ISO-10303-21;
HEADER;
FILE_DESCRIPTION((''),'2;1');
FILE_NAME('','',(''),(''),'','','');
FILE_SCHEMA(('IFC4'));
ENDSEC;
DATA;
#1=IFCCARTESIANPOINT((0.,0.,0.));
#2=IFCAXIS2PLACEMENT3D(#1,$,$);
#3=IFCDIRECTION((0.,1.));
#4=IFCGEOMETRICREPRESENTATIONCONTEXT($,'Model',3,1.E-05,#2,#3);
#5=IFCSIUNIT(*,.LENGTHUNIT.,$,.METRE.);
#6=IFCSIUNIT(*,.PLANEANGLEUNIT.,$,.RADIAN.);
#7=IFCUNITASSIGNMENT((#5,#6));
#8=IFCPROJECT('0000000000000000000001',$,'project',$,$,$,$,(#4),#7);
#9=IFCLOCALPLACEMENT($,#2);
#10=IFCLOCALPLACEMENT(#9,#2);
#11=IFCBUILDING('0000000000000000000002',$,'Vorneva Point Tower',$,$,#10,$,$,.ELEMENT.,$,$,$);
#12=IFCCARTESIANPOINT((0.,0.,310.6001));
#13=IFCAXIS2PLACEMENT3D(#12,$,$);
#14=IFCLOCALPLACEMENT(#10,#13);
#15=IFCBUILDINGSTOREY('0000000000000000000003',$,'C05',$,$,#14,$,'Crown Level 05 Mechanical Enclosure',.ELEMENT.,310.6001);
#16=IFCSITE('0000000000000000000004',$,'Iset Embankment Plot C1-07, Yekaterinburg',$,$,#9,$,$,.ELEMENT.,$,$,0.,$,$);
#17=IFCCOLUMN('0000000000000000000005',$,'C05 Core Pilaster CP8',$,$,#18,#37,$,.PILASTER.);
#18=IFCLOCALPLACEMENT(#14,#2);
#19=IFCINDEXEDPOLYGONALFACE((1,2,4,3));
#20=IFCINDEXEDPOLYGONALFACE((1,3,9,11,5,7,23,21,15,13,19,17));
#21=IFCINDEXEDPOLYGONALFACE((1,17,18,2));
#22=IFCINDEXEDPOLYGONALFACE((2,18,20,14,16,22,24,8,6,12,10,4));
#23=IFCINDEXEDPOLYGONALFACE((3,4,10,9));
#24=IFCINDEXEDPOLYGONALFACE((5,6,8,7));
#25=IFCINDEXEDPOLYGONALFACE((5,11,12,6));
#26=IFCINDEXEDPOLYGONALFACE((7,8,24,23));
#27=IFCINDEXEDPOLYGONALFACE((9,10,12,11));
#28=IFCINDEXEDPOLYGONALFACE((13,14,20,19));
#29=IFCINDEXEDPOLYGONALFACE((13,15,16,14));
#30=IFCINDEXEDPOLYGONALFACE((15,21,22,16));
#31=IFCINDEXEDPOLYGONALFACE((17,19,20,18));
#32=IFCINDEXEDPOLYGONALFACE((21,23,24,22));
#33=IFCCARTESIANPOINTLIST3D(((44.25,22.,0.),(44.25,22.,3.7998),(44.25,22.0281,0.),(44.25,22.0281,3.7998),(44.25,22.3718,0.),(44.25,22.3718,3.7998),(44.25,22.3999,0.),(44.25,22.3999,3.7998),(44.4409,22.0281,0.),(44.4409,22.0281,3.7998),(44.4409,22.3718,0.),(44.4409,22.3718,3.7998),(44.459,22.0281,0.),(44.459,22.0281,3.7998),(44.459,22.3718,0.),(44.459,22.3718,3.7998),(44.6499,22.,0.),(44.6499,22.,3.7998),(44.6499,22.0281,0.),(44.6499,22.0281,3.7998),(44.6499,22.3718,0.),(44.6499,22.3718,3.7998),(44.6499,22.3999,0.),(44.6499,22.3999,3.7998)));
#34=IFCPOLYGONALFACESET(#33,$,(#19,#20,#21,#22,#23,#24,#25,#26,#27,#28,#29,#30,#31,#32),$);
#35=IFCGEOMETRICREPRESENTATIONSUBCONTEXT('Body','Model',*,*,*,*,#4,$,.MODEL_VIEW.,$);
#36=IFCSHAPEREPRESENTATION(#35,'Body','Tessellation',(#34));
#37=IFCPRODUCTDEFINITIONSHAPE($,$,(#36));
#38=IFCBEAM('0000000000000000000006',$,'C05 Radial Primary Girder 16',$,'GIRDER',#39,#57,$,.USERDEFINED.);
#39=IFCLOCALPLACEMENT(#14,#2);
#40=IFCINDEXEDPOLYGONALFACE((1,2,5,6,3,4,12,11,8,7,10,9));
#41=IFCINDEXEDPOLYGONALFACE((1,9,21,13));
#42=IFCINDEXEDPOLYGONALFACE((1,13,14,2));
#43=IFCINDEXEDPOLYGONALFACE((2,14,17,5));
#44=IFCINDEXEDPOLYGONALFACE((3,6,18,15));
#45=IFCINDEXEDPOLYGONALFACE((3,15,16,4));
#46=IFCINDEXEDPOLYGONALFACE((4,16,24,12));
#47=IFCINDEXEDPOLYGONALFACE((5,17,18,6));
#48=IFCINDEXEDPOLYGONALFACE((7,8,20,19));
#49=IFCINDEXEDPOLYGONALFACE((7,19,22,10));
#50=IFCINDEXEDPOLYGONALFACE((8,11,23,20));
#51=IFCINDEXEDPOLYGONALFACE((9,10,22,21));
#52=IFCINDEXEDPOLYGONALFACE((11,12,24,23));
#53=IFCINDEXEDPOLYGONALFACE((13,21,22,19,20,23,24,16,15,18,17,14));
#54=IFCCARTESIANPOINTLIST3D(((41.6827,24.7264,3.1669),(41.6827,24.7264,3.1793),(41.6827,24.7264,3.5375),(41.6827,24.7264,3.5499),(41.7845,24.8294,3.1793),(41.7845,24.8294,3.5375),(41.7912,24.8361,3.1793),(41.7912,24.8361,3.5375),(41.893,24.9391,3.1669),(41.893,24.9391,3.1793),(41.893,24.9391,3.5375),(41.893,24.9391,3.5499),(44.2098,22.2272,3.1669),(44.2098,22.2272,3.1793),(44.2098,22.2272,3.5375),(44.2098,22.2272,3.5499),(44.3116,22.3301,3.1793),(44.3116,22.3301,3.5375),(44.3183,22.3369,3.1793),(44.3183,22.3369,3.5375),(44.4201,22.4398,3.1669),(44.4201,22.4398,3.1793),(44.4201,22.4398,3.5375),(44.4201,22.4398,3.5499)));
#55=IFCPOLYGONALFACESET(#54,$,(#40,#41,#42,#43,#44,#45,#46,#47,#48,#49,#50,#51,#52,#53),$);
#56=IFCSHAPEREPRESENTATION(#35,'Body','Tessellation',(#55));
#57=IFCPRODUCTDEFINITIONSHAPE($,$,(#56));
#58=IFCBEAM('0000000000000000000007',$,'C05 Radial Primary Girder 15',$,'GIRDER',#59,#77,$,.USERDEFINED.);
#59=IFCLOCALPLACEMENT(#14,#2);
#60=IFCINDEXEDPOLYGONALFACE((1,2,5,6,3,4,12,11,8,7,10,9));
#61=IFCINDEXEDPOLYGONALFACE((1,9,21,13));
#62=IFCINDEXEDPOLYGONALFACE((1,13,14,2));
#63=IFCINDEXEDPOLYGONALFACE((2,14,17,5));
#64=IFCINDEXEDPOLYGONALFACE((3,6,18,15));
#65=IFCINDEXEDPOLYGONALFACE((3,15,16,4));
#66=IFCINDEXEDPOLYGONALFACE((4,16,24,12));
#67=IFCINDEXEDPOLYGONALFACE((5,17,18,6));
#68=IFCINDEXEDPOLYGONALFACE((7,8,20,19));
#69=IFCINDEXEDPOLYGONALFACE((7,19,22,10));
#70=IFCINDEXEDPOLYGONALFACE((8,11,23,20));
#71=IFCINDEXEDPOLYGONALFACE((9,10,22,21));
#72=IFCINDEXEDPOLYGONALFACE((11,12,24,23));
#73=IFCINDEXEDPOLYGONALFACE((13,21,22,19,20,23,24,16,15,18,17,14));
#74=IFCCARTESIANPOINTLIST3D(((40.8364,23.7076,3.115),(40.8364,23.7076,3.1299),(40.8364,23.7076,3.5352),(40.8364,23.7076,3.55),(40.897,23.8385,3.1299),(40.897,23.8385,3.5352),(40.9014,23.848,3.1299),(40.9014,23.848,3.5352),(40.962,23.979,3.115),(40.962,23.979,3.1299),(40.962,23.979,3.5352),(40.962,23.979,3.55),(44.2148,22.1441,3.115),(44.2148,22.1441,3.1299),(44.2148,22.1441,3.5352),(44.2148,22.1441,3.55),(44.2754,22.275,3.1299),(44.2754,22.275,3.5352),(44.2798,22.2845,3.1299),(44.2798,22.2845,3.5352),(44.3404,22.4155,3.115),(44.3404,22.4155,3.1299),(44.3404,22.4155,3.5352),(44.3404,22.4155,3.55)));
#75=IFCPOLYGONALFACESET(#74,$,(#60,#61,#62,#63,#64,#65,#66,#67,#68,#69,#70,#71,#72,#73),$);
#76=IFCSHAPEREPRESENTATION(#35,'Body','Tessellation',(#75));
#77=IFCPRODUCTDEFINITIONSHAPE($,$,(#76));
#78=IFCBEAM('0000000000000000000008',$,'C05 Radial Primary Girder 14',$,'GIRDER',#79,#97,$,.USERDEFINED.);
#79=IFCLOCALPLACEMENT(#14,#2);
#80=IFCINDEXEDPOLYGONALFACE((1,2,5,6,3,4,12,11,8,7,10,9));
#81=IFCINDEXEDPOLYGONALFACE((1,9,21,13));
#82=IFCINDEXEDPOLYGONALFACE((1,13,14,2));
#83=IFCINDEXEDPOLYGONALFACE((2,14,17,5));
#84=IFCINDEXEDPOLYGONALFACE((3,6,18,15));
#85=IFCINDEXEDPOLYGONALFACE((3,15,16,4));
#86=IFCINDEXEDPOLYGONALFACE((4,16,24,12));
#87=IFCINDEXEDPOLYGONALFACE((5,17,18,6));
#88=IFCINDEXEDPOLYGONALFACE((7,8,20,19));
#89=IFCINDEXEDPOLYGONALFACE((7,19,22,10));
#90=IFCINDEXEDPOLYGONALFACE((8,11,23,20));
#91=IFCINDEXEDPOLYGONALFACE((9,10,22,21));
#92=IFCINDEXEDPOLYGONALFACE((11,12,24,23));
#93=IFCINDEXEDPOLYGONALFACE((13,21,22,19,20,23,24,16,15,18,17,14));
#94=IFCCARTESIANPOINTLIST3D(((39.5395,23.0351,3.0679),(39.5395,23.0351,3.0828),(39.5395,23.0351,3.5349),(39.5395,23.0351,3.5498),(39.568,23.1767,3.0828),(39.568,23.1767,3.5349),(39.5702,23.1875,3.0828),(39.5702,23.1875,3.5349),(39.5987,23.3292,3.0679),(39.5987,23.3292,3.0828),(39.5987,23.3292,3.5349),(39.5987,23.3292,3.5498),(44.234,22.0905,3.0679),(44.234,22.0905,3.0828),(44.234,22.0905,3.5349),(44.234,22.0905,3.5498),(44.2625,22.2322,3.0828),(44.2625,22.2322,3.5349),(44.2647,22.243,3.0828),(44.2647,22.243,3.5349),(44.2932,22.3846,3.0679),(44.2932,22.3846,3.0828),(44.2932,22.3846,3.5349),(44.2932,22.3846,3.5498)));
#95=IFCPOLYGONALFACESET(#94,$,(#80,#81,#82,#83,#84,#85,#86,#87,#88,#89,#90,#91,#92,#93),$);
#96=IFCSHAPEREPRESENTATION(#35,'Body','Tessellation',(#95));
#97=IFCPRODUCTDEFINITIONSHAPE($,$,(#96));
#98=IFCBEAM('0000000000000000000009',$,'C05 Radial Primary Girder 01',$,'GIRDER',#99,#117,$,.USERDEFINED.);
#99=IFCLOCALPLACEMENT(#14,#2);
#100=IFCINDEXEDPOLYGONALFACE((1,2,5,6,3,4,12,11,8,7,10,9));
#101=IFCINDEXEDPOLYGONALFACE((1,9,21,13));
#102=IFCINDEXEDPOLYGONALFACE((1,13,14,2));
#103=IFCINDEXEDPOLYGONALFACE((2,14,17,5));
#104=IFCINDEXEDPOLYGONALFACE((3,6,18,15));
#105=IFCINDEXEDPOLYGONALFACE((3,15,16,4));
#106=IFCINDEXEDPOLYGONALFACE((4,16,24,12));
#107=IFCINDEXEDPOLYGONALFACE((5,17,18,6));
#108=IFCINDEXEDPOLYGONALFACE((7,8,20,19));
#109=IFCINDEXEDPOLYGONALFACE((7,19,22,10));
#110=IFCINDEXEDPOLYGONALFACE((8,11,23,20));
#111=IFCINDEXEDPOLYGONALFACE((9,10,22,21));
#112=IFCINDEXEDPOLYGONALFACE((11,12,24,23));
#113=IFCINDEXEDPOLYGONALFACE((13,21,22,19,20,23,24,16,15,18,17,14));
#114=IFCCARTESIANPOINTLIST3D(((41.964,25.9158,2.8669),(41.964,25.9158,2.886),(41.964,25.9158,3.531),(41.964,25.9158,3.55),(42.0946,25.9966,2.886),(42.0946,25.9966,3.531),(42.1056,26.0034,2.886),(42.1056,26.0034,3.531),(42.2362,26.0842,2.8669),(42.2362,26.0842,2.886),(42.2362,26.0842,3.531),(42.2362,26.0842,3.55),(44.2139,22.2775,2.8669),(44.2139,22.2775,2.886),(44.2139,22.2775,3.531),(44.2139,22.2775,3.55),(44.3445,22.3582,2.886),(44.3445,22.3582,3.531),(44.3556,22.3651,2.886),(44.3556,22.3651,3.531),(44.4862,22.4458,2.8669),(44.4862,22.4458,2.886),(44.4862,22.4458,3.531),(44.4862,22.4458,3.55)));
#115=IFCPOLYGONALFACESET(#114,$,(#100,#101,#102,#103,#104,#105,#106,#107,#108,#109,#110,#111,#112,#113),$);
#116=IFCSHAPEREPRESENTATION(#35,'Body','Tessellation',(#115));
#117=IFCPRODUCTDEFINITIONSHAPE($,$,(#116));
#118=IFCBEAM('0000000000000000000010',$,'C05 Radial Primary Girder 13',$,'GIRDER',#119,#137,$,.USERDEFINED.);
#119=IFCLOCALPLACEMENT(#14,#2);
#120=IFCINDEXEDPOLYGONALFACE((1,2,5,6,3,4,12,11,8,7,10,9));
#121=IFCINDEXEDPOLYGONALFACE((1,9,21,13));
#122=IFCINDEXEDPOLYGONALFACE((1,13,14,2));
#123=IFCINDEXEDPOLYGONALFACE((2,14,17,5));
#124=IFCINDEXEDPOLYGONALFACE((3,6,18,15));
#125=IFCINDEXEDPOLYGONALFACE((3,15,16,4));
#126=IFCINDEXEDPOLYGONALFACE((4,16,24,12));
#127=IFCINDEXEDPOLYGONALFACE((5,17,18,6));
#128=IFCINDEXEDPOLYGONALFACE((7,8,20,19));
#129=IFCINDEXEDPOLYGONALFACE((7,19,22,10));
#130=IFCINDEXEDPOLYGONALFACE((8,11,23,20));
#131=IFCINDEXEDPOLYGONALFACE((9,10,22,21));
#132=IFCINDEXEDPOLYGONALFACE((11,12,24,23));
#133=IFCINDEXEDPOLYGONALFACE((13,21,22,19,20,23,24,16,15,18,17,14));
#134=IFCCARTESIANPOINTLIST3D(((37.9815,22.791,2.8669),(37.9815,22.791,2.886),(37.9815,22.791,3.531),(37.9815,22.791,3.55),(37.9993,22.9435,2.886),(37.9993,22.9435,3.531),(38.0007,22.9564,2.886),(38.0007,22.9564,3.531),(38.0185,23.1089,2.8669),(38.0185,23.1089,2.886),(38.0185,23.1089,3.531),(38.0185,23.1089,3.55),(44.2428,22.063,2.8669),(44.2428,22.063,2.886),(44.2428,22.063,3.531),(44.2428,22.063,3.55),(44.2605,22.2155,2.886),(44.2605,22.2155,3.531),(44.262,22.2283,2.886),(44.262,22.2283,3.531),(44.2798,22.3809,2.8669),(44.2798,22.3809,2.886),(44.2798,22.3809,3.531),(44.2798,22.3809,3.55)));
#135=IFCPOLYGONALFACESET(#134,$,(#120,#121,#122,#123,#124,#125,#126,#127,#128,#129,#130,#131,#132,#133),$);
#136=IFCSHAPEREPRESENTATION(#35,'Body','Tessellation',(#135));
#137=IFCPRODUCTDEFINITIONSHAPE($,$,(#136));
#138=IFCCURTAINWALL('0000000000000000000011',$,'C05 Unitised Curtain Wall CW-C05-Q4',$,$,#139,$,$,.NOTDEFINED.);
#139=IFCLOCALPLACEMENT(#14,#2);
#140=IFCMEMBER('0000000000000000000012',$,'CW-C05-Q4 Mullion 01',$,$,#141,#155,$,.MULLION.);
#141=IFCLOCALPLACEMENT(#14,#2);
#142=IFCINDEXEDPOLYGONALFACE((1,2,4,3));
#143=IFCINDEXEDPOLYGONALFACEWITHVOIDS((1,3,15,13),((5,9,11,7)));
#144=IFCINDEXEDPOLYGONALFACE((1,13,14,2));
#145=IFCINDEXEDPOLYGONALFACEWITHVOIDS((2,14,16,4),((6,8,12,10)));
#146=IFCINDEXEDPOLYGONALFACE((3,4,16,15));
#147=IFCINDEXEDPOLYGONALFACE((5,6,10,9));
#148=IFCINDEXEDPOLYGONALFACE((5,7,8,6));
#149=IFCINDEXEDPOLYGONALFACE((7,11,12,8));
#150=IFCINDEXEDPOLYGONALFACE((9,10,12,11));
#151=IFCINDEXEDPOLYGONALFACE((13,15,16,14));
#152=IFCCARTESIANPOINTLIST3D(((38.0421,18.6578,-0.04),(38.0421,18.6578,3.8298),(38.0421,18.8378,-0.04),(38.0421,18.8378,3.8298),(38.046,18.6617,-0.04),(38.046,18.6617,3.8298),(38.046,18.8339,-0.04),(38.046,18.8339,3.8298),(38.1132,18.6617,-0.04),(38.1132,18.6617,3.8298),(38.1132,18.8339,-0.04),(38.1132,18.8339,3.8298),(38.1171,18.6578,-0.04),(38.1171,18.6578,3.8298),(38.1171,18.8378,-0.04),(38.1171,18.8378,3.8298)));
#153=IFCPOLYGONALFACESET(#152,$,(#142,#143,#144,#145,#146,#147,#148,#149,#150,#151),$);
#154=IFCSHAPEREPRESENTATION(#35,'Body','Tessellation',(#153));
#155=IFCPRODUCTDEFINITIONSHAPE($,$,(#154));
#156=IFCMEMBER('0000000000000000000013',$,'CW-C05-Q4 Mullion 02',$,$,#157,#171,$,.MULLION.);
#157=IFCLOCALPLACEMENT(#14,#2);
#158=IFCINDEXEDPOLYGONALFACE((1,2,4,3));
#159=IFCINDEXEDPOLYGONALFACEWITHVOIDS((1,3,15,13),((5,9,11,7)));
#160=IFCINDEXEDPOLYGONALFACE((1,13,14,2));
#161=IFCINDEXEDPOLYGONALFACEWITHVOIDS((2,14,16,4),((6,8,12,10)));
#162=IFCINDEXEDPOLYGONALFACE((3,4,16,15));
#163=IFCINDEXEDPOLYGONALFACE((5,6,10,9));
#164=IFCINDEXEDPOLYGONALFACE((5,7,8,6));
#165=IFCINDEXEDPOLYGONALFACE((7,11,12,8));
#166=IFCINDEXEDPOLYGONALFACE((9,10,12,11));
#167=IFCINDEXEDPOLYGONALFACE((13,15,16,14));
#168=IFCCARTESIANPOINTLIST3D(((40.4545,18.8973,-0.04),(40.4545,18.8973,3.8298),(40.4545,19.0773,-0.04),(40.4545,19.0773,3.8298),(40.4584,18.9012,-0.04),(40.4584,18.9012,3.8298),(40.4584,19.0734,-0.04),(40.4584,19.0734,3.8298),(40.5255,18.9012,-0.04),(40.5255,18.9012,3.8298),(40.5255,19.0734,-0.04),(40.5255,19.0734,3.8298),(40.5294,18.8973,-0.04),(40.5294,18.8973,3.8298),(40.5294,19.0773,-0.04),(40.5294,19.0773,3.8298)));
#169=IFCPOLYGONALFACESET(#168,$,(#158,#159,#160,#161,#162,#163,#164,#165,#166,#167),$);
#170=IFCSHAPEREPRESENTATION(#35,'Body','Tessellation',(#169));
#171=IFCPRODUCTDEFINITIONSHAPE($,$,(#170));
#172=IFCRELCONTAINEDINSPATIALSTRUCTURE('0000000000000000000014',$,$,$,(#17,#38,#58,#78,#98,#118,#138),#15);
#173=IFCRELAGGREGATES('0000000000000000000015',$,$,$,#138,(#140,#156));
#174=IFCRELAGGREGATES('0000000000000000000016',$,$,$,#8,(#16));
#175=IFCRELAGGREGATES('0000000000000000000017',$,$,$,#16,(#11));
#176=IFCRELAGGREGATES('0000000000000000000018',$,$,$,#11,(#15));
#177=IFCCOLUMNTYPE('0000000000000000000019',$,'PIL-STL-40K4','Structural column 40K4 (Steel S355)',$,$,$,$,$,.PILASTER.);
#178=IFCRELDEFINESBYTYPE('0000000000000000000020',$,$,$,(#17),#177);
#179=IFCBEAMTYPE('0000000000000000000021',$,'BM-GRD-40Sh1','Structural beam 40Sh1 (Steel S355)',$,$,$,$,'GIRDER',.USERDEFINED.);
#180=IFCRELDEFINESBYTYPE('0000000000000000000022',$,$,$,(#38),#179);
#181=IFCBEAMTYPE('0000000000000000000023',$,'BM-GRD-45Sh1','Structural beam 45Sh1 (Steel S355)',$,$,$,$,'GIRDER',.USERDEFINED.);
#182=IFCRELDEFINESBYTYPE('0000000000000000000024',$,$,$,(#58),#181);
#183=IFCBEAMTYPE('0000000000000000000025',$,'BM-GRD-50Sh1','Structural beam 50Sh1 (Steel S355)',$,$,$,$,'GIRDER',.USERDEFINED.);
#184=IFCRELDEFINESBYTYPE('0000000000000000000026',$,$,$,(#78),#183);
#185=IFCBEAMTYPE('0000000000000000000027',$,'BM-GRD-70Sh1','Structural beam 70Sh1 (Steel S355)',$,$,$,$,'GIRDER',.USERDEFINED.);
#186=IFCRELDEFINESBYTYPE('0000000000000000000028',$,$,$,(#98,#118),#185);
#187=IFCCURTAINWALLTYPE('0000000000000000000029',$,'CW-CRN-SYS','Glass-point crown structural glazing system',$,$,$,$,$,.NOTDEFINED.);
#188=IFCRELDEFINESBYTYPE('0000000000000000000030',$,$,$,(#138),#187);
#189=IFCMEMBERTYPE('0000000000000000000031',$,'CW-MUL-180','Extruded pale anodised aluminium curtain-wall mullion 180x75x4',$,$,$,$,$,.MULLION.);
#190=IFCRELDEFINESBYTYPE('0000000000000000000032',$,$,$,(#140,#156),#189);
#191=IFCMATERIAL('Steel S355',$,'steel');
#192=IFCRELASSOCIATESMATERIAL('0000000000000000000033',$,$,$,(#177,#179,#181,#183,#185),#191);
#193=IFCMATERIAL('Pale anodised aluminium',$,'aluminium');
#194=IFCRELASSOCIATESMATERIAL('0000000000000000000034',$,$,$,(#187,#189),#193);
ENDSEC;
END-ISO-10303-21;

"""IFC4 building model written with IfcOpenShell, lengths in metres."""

from ifc_helpers import new_model, si_unit, direction, frame, origin, origin_2d, place, context, subcontext, project, spatial, hollow_rectangle, i_section, extrude, material, material_profile, profile_set, type_object, element, aggregate, save


model = new_model("IFC4")

# Units and contexts
model_context = context("Model", 3, precision=1e-05, world=origin(), true_north=direction((0.0, 1.0)))
body_context = subcontext(model_context, "Body", "Model", "MODEL_VIEW")
ifc_project = project(units=[si_unit("LENGTHUNIT", "METRE"), si_unit("PLANEANGLEUNIT", "RADIAN")], contexts=[model_context])

# Site, building, storey
site_placement = place(None, origin())
site = spatial("IfcSite", under=ifc_project, at=site_placement, Name="Iset Embankment Plot C1-07, Yekaterinburg", CompositionType="ELEMENT", RefElevation=0.0)
building_placement = place(site_placement, origin())
building = spatial("IfcBuilding", under=site, at=building_placement, Name="Vorneva Point Tower", CompositionType="ELEMENT")
storey_placement = place(building_placement, frame((0.0, 0.0, 310.6001)))
storey = spatial("IfcBuildingStorey", under=building, at=storey_placement, Name="C05", LongName="Crown Level 05 Mechanical Enclosure", CompositionType="ELEMENT", Elevation=310.6001)

# Column
ifc_material_1 = material(Name="Steel S355", Category="steel")
ifc_material_profile_1 = material_profile(ifc_material_1, i_section(OverallWidth=0.3999, OverallDepth=0.3999, WebThickness=0.0181, FlangeThickness=0.0281, at=origin_2d()), Name="40K4")
ifc_profile_set_1 = profile_set([ifc_material_profile_1], Name="Steel S355")
column_type = type_object("IfcColumnType", Name="PIL-STL-40K4", Description="Structural column 40K4 (Steel S355)", PredefinedType="PILASTER", material=ifc_profile_set_1)
column_placement = place(storey_placement, frame((44.45, 22.2, 0.0), z_axis=(0.0, 0.0, 1.0), x_axis=(1.0, 0.0, 0.0)))
element("IfcColumn", 1, at=column_placement, inside=storey, type_object=column_type, Name="C05 Core Pilaster CP8", PredefinedType="PILASTER", context=body_context, shape_type="SweptSolid", body=[
    extrude(i_section(OverallWidth=0.3999, OverallDepth=0.3999, WebThickness=0.0181, FlangeThickness=0.0281, at=origin_2d()), origin(), (0.0, 0.0, 1.0), 3.7998),
])

# Beams
ifc_material_profile_2 = material_profile(ifc_material_1, i_section(OverallWidth=0.2991, OverallDepth=0.3831, WebThickness=0.0095, FlangeThickness=0.0125, at=origin_2d()), Name="40Sh1")
ifc_profile_set_2 = profile_set([ifc_material_profile_2], Name="Steel S355")
beam_type_1 = type_object("IfcBeamType", Name="BM-GRD-40Sh1", Description="Structural beam 40Sh1 (Steel S355)", ElementType="GIRDER", PredefinedType="USERDEFINED", material=ifc_profile_set_2)
beam_1_placement = place(storey_placement, frame((41.7878, 24.8328, 3.3584), z_axis=(0.711011, -0.703181, 0.0), x_axis=(0.703181, 0.711011, 0.0)))
element("IfcBeam", 2, at=beam_1_placement, inside=storey, type_object=beam_type_1, Name="C05 Radial Primary Girder 16", ObjectType="GIRDER", PredefinedType="USERDEFINED", context=body_context, shape_type="SweptSolid", body=[
    extrude(i_section(OverallWidth=0.2991, OverallDepth=0.3831, WebThickness=0.0095, FlangeThickness=0.0125, at=origin_2d()), origin(), (0.0, 0.0, 1.0), 3.5542),
])
ifc_material_profile_3 = material_profile(ifc_material_1, i_section(OverallWidth=0.2991, OverallDepth=0.4351, WebThickness=0.0105, FlangeThickness=0.0149, at=origin_2d()), Name="45Sh1")
ifc_profile_set_3 = profile_set([ifc_material_profile_3], Name="Steel S355")
beam_type_2 = type_object("IfcBeamType", Name="BM-GRD-45Sh1", Description="Structural beam 45Sh1 (Steel S355)", ElementType="GIRDER", PredefinedType="USERDEFINED", material=ifc_profile_set_3)
beam_2_placement = place(storey_placement, frame((40.8992, 23.8433, 3.3325), z_axis=(0.907529, -0.41999, 0.0), x_axis=(0.41999, 0.907529, 0.0)))
element("IfcBeam", 3, at=beam_2_placement, inside=storey, type_object=beam_type_2, Name="C05 Radial Primary Girder 15", ObjectType="GIRDER", PredefinedType="USERDEFINED", context=body_context, shape_type="SweptSolid", body=[
    extrude(i_section(OverallWidth=0.2991, OverallDepth=0.4351, WebThickness=0.0105, FlangeThickness=0.0149, at=origin_2d()), origin(), (0.0, 0.0, 1.0), 3.7227),
])
ifc_material_profile_4 = material_profile(ifc_material_1, i_section(OverallWidth=0.3, OverallDepth=0.4819, WebThickness=0.011, FlangeThickness=0.0149, at=origin_2d()), Name="50Sh1")
ifc_profile_set_4 = profile_set([ifc_material_profile_4], Name="Steel S355")
beam_type_3 = type_object("IfcBeamType", Name="BM-GRD-50Sh1", Description="Structural beam 50Sh1 (Steel S355)", ElementType="GIRDER", PredefinedType="USERDEFINED", material=ifc_profile_set_4)
beam_3_placement = place(storey_placement, frame((39.5691, 23.1821, 3.3088), z_axis=(0.980353, -0.197253, 0.0), x_axis=(0.197253, 0.980353, 0.0)))
element("IfcBeam", 4, at=beam_3_placement, inside=storey, type_object=beam_type_3, Name="C05 Radial Primary Girder 14", ObjectType="GIRDER", PredefinedType="USERDEFINED", context=body_context, shape_type="SweptSolid", body=[
    extrude(i_section(OverallWidth=0.3, OverallDepth=0.4819, WebThickness=0.011, FlangeThickness=0.0149, at=origin_2d()), origin(), (0.0, 0.0, 1.0), 4.7886),
])
ifc_material_profile_5 = material_profile(ifc_material_1, i_section(OverallWidth=0.3201, OverallDepth=0.6831, WebThickness=0.0129, FlangeThickness=0.019, at=origin_2d()), Name="70Sh1")
ifc_profile_set_5 = profile_set([ifc_material_profile_5], Name="Steel S355")
beam_type_4 = type_object("IfcBeamType", Name="BM-GRD-70Sh1", Description="Structural beam 70Sh1 (Steel S355)", ElementType="GIRDER", PredefinedType="USERDEFINED", material=ifc_profile_set_5)
beam_4_placement = place(storey_placement, frame((42.1001, 26.0, 3.2085), z_axis=(0.525956, -0.850512, 0.0), x_axis=(0.850512, 0.525956, 0.0)))
element("IfcBeam", 5, at=beam_4_placement, inside=storey, type_object=beam_type_4, Name="C05 Radial Primary Girder 01", ObjectType="GIRDER", PredefinedType="USERDEFINED", context=body_context, shape_type="SweptSolid", body=[
    extrude(i_section(OverallWidth=0.3201, OverallDepth=0.6831, WebThickness=0.0129, FlangeThickness=0.019, at=origin_2d()), origin(), (0.0, 0.0, 1.0), 4.2778),
])
beam_5_placement = place(storey_placement, frame((38.0, 22.95, 3.2085), z_axis=(0.993308, -0.115497, 0.0), x_axis=(0.115497, 0.993308, 0.0)))
element("IfcBeam", 6, at=beam_5_placement, inside=storey, type_object=beam_type_4, Name="C05 Radial Primary Girder 13", ObjectType="GIRDER", PredefinedType="USERDEFINED", context=body_context, shape_type="SweptSolid", body=[
    extrude(i_section(OverallWidth=0.3201, OverallDepth=0.6831, WebThickness=0.0129, FlangeThickness=0.019, at=origin_2d()), origin(), (0.0, 0.0, 1.0), 6.3035),
])

# Curtain wall, members
ifc_material_2 = material(Name="Pale anodised aluminium", Category="aluminium")
curtain_wall_type = type_object("IfcCurtainWallType", Name="CW-CRN-SYS", Description="Glass-point crown structural glazing system", PredefinedType="NOTDEFINED", material=ifc_material_2)
curtain_wall_placement = place(storey_placement, origin())
curtain_wall = element("IfcCurtainWall", 7, at=curtain_wall_placement, inside=storey, type_object=curtain_wall_type, Name="C05 Unitised Curtain Wall CW-C05-Q4", PredefinedType="NOTDEFINED")
ifc_material_profile_6 = material_profile(ifc_material_2, hollow_rectangle(XDim=0.075, YDim=0.1799, WallThickness=0.0039, at=origin_2d()), Name="AL-MUL 180x75x4")
ifc_profile_set_6 = profile_set([ifc_material_profile_6], Name="Pale anodised aluminium")
member_type_1 = type_object("IfcMemberType", Name="CW-MUL-180", Description="Extruded pale anodised aluminium curtain-wall mullion 180x75x4", PredefinedType="MULLION", material=ifc_profile_set_6)
member_1_placement = place(storey_placement, frame((38.0796, 18.7478, -0.04), z_axis=(0.0, 0.0, 1.0), x_axis=(1.0, 0.0, 0.0)))
member_1 = element("IfcMember", 8, at=member_1_placement, type_object=member_type_1, Name="CW-C05-Q4 Mullion 01", PredefinedType="MULLION", context=body_context, shape_type="SweptSolid", body=[
    extrude(hollow_rectangle(XDim=0.075, YDim=0.1799, WallThickness=0.0039, at=origin_2d()), origin(), (0.0, 0.0, 1.0), 3.8699),
])
member_2_placement = place(storey_placement, frame((40.4919, 18.9873, -0.04), z_axis=(0.0, 0.0, 1.0), x_axis=(1.0, 0.0, 0.0)))
member_2 = element("IfcMember", 9, at=member_2_placement, type_object=member_type_1, Name="CW-C05-Q4 Mullion 02", PredefinedType="MULLION", context=body_context, shape_type="SweptSolid", body=[
    extrude(hollow_rectangle(XDim=0.075, YDim=0.1799, WallThickness=0.0039, at=origin_2d()), origin(), (0.0, 0.0, 1.0), 3.8699),
])

aggregate(curtain_wall, [member_1, member_2])

save(model, "model.ifc")
